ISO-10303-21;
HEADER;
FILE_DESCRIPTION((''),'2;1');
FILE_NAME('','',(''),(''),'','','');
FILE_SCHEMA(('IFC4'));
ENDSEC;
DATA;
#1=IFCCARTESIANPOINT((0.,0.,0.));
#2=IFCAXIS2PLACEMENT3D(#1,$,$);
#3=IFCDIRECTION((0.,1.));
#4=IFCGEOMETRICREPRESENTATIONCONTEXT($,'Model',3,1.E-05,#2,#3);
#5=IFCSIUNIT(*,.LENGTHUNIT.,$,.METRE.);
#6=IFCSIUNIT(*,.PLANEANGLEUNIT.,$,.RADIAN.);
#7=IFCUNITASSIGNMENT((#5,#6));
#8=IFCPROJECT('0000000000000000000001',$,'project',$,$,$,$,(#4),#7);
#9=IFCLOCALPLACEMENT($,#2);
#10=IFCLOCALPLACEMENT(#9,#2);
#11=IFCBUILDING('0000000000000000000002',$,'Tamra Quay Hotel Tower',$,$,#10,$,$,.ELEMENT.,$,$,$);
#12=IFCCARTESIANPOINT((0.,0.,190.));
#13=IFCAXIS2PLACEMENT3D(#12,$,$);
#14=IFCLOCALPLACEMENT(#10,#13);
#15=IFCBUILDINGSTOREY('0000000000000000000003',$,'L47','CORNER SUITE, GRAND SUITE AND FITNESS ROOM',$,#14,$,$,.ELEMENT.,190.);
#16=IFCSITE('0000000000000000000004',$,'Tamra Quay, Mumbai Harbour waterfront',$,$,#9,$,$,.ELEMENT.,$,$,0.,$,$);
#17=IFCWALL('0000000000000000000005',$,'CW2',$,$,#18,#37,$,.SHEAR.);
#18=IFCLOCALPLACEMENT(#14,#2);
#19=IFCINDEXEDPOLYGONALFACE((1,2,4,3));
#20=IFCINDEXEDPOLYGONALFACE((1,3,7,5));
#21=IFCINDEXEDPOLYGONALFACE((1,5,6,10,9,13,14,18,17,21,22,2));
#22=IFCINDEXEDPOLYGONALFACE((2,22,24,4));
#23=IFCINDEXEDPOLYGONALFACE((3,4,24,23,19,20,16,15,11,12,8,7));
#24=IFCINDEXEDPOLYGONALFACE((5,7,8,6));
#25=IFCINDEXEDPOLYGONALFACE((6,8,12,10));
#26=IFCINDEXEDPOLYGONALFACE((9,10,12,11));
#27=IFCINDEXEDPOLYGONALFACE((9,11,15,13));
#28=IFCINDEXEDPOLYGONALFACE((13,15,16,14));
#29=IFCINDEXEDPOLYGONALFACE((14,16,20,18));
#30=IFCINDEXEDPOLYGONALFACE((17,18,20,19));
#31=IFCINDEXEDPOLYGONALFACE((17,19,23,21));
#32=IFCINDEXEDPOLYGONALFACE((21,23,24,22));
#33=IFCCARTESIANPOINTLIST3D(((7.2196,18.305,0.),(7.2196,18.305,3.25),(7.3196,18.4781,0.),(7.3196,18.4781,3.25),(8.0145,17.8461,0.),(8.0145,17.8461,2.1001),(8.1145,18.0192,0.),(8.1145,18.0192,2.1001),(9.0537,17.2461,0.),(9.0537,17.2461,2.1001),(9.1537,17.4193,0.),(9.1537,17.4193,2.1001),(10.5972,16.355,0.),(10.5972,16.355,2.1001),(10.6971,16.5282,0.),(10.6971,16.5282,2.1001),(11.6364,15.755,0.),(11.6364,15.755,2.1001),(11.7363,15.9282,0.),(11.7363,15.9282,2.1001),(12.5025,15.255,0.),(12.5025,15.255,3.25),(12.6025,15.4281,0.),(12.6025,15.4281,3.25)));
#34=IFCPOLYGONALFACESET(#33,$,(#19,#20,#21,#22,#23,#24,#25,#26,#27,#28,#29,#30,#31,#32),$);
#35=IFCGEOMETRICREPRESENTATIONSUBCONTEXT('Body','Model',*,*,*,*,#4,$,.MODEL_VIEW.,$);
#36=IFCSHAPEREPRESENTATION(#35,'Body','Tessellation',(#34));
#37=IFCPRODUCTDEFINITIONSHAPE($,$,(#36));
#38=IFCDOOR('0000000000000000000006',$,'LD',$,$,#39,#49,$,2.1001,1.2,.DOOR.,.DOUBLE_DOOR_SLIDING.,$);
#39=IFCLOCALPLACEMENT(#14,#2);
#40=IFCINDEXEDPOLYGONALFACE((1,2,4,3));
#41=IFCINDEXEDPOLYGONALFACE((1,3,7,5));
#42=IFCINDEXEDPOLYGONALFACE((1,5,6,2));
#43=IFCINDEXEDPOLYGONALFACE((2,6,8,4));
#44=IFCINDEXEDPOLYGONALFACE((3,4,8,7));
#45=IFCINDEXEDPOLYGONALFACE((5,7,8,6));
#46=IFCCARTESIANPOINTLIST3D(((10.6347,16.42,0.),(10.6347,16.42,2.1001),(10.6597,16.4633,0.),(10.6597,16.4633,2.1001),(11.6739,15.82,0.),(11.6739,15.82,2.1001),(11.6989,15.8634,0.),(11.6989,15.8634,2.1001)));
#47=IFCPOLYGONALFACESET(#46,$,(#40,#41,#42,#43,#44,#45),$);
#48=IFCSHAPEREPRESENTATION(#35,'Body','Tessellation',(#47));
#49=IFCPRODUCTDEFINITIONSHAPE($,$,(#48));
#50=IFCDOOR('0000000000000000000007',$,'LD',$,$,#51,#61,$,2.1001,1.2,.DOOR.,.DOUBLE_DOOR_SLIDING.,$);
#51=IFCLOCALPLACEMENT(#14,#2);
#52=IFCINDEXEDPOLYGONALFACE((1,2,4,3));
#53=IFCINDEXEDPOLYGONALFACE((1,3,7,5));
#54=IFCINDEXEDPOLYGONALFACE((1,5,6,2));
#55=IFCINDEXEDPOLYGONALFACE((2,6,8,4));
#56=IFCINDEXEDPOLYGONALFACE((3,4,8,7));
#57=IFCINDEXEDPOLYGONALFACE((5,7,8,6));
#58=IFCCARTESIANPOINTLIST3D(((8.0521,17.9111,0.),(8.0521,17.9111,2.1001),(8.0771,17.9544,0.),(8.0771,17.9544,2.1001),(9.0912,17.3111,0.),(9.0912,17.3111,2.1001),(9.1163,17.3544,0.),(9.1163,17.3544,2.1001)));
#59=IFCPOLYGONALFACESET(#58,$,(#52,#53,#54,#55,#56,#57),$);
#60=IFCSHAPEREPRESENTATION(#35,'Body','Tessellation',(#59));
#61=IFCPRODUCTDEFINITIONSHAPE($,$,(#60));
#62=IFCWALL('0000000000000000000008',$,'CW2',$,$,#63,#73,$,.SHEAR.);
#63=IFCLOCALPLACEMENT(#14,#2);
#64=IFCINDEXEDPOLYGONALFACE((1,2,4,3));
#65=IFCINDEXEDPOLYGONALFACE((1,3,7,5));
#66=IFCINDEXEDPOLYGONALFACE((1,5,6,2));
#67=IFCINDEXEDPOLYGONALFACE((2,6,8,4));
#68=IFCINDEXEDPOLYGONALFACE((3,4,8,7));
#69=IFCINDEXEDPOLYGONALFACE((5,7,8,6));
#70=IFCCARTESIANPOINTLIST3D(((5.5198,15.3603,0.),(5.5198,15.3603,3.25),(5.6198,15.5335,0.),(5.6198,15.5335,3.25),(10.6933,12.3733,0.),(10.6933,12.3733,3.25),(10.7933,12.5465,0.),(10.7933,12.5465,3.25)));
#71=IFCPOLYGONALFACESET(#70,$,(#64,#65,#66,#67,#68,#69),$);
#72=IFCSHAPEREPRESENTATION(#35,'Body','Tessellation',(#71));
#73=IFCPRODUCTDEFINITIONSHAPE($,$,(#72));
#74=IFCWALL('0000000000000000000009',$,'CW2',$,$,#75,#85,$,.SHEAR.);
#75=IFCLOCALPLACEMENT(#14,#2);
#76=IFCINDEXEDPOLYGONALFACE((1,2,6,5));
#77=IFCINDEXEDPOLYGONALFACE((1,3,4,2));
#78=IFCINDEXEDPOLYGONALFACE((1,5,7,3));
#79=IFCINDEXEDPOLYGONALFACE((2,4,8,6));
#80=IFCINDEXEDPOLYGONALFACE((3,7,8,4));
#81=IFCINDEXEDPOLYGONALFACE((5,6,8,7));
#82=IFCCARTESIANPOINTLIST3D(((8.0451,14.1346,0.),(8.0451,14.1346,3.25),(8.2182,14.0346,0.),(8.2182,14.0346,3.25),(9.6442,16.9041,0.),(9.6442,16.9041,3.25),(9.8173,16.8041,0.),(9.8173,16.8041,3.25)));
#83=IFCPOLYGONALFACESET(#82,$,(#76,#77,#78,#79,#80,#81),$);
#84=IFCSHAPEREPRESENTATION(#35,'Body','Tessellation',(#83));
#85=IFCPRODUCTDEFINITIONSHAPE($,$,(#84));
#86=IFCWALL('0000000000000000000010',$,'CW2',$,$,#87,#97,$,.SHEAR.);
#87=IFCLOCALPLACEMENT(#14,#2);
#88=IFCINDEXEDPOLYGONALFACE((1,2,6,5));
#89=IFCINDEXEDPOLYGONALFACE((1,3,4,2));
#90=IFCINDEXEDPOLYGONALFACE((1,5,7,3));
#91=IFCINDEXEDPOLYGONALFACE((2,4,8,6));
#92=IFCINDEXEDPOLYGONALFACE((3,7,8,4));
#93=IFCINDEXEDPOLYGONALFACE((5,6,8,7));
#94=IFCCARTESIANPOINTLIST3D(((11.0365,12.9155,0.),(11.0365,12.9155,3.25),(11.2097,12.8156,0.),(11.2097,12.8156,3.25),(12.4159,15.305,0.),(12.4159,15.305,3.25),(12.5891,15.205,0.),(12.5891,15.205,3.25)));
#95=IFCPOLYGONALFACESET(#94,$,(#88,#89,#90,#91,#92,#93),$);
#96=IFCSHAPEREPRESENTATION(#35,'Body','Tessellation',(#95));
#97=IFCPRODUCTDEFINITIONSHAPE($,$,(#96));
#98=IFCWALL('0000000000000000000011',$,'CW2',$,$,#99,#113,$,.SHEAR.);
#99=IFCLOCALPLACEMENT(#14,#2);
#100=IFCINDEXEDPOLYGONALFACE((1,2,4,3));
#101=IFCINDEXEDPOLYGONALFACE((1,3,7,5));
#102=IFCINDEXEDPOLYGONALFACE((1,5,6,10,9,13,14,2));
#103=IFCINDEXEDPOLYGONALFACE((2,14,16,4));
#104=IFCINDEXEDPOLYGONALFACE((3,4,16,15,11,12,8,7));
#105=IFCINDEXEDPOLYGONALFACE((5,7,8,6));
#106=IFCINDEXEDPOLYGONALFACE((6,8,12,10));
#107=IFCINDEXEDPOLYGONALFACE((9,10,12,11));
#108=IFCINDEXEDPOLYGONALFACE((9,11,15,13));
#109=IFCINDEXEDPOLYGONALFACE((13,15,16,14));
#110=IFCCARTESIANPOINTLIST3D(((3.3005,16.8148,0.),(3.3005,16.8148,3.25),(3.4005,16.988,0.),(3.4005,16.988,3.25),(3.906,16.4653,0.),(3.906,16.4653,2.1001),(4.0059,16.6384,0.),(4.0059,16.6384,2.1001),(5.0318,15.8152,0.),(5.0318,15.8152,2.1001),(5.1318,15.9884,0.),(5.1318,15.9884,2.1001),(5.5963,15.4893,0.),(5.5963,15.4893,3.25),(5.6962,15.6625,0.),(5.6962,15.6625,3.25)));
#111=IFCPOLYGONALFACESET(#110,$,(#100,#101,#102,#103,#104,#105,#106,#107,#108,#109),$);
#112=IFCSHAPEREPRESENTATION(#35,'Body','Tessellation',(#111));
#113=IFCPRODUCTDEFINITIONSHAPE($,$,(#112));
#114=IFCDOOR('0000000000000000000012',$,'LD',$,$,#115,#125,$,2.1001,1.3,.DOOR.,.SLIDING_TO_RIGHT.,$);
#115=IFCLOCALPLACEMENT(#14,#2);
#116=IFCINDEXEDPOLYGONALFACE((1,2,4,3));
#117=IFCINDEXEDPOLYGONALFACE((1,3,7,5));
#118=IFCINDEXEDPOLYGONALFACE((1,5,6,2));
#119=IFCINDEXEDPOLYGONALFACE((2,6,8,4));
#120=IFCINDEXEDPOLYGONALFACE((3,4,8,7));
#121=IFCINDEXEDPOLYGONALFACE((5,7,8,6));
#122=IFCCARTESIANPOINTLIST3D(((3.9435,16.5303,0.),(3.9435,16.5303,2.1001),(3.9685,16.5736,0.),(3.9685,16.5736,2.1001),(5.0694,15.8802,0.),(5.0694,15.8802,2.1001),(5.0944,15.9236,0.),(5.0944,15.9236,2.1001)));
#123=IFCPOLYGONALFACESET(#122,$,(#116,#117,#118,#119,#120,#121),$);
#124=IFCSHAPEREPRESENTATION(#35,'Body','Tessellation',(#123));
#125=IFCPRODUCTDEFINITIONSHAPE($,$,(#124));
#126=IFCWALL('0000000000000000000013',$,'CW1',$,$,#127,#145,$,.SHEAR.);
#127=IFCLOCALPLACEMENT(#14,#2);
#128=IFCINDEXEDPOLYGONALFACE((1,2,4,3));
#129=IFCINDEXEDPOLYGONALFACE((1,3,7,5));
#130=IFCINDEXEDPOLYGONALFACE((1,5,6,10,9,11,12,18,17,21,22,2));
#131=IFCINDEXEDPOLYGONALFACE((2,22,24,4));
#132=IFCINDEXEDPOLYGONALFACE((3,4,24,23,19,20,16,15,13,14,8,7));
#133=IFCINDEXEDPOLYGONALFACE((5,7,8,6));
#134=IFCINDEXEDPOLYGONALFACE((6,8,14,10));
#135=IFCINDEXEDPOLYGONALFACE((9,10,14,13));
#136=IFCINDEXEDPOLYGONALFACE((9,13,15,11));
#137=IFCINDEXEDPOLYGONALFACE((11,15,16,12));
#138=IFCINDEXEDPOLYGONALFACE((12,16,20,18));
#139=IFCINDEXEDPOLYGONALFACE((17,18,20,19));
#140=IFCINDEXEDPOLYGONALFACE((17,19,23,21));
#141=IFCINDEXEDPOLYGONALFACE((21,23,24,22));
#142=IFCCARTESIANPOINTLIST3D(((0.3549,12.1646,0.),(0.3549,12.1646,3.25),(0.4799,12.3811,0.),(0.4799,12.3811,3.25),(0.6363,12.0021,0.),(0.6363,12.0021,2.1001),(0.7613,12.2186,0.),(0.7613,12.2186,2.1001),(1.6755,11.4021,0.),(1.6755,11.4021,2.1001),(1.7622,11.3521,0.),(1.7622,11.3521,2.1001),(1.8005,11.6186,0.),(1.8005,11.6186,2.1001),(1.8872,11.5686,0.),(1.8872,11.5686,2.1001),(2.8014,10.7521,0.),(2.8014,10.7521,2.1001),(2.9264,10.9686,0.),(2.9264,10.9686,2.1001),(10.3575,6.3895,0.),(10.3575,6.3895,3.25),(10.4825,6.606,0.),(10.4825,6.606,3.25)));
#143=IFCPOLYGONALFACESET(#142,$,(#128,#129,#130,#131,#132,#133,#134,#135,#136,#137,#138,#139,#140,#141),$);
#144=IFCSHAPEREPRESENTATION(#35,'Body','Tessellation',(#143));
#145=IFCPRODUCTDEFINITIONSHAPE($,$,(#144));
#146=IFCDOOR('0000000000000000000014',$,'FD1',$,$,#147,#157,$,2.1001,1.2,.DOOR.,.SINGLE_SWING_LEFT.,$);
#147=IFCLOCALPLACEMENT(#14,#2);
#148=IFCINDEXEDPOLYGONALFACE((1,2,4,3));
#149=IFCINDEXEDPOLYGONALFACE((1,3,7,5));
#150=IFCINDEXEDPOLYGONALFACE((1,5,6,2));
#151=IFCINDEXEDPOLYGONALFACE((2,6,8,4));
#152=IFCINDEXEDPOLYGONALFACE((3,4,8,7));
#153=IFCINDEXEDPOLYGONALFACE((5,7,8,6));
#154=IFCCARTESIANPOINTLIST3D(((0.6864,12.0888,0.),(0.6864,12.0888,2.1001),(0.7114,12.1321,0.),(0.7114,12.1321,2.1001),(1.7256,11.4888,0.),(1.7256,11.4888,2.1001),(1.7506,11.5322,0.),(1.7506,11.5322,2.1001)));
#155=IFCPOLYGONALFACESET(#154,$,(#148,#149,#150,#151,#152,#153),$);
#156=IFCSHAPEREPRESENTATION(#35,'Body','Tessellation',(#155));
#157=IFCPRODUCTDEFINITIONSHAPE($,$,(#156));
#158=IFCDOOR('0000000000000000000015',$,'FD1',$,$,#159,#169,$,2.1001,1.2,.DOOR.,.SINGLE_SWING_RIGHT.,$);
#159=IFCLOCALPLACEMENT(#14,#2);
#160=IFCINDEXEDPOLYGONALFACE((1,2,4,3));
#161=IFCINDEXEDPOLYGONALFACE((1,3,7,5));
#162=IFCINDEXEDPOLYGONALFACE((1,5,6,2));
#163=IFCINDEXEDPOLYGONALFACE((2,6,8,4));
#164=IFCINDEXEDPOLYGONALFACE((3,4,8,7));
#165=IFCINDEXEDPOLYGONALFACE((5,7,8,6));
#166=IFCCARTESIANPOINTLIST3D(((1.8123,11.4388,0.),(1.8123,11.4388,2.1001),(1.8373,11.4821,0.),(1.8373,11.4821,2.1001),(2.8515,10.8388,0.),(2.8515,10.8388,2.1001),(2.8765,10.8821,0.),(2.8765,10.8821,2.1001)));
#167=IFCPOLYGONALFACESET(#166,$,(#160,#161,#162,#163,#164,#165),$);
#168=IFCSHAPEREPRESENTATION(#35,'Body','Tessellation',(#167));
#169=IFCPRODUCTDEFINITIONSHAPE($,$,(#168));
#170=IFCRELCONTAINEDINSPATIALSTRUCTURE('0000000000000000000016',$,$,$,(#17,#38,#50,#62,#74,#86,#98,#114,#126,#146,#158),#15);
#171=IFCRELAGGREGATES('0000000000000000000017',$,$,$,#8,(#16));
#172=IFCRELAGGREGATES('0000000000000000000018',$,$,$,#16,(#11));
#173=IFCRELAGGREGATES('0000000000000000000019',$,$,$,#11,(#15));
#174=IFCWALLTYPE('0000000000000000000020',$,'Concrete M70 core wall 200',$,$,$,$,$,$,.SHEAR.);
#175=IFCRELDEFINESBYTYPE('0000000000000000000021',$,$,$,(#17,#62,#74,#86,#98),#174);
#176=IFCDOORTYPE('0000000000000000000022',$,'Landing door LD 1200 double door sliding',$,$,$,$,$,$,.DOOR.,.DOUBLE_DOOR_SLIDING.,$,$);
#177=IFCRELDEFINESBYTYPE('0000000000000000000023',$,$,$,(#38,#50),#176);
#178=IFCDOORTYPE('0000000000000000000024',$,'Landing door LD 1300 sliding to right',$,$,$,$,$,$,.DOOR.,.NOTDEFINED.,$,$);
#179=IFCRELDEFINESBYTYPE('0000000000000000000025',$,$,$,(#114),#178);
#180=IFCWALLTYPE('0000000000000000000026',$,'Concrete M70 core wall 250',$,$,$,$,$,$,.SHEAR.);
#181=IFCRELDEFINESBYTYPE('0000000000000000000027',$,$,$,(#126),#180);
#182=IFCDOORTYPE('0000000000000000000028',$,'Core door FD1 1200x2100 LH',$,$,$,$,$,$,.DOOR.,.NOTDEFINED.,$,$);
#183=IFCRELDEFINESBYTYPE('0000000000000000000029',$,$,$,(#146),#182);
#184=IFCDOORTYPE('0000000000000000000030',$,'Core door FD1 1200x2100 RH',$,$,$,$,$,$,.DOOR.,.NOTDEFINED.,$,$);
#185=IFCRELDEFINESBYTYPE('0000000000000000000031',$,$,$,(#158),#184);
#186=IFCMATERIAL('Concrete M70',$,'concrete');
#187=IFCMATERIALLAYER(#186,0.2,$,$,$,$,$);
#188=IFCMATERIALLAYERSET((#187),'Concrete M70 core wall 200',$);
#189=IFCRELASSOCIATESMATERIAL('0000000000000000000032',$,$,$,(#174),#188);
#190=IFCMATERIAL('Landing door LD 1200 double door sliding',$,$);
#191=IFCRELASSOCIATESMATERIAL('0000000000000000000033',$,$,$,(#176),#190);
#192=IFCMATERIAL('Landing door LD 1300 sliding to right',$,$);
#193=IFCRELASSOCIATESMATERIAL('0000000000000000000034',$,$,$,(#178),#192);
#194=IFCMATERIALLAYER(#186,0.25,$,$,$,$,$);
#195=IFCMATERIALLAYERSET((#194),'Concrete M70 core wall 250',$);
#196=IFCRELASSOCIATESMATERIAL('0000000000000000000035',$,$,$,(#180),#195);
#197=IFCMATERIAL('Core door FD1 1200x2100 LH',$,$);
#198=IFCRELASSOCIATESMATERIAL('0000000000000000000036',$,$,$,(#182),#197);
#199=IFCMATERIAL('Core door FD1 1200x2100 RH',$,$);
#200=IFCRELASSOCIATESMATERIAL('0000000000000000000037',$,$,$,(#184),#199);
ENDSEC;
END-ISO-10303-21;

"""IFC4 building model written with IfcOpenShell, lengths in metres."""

from ifc_helpers import new_model, si_unit, direction, frame, frame_2d, origin, place, context, subcontext, project, spatial, rectangle, extrude, material, layer, layer_set, type_object, element, fill, save


model = new_model("IFC4")

# Units and contexts
model_context = context("Model", 3, precision=1e-05, world=origin(), true_north=direction((0.0, 1.0)))
body_context = subcontext(model_context, "Body", "Model", "MODEL_VIEW")
ifc_project = project(units=[si_unit("LENGTHUNIT", "METRE"), si_unit("PLANEANGLEUNIT", "RADIAN")], contexts=[model_context])

# Site, building, storey
site_placement = place(None, origin())
site = spatial("IfcSite", under=ifc_project, at=site_placement, Name="Tamra Quay, Mumbai Harbour waterfront", CompositionType="ELEMENT", RefElevation=0.0)
building_placement = place(site_placement, origin())
building = spatial("IfcBuilding", under=site, at=building_placement, Name="Tamra Quay Hotel Tower", CompositionType="ELEMENT")
storey_placement = place(building_placement, frame((0.0, 0.0, 190.0)))
storey = spatial("IfcBuildingStorey", under=building, at=storey_placement, Name="L47", Description="CORNER SUITE, GRAND SUITE AND FITNESS ROOM", CompositionType="ELEMENT", Elevation=190.0)

# Wall, openings, doors
ifc_material_1 = material(Name="Concrete M70", Category="concrete")
ifc_layer_1 = layer(ifc_material_1, 0.2)
ifc_layer_set_1 = layer_set([ifc_layer_1], Name="Concrete M70 core wall 200")
wall_type_1 = type_object("IfcWallType", Name="Concrete M70 core wall 200", PredefinedType="SHEAR", material=ifc_layer_set_1)
wall_1_placement = place(storey_placement, frame((12.5525, 15.3416, 0.0), z_axis=(0.0, 0.0, 1.0), x_axis=(-0.86603, 0.499992, 0.0)))
wall_1 = element("IfcWall", 1, at=wall_1_placement, inside=storey, type_object=wall_type_1, Name="CW2", PredefinedType="SHEAR", context=body_context, shape_type="SweptSolid", body=[
    extrude(rectangle(XDim=6.1001, YDim=0.2, at=frame_2d((3.05, 0.0))), origin(), (0.0, 0.0, 1.0), 3.25),
])
opening_1_placement = place(wall_1_placement, frame((1.0, 0.0, 0.0)))
opening_1 = element("IfcOpeningElement", 2, at=opening_1_placement, cuts=wall_1, PredefinedType="OPENING", context=body_context, shape_type="SweptSolid", body=[
    extrude(rectangle(XDim=1.2, YDim=2.1001, at=frame_2d((0.6001, 1.05))), frame((0.0, 0.1099, 0.0), z_axis=(0.0, -1.0, 0.0), x_axis=(1.0, 0.0, 0.0)), (0.0, 0.0, 1.0), 0.22),
])
opening_2_placement = place(wall_1_placement, frame((3.9822, 0.0, 0.0)))
opening_2 = element("IfcOpeningElement", 3, at=opening_2_placement, cuts=wall_1, PredefinedType="OPENING", context=body_context, shape_type="SweptSolid", body=[
    extrude(rectangle(XDim=1.2, YDim=2.1001, at=frame_2d((0.6001, 1.05))), frame((0.0, 0.1099, 0.0), z_axis=(0.0, -1.0, 0.0), x_axis=(1.0, 0.0, 0.0)), (0.0, 0.0, 1.0), 0.22),
])
ifc_material_2 = material(Name="Landing door LD 1200 double door sliding")
door_type_1 = type_object("IfcDoorType", Name="Landing door LD 1200 double door sliding", OperationType="DOUBLE_DOOR_SLIDING", PredefinedType="DOOR", material=ifc_material_2)
door_1_placement = place(opening_1_placement, origin())
door_1 = element("IfcDoor", 4, at=door_1_placement, inside=storey, type_object=door_type_1, Name="LD", OperationType="DOUBLE_DOOR_SLIDING", OverallHeight=2.1001, OverallWidth=1.2, PredefinedType="DOOR", context=body_context, shape_type="SweptSolid", body=[
    extrude(rectangle(XDim=1.2, YDim=2.1001, at=frame_2d((0.6001, 1.05))), frame((0.0, 0.0249, 0.0), z_axis=(0.0, -1.0, 0.0), x_axis=(1.0, 0.0, 0.0)), (0.0, 0.0, 1.0), 0.05),
])
fill(opening_1, door_1)
door_2_placement = place(opening_2_placement, origin())
door_2 = element("IfcDoor", 5, at=door_2_placement, inside=storey, type_object=door_type_1, Name="LD", OperationType="DOUBLE_DOOR_SLIDING", OverallHeight=2.1001, OverallWidth=1.2, PredefinedType="DOOR", context=body_context, shape_type="SweptSolid", body=[
    extrude(rectangle(XDim=1.2, YDim=2.1001, at=frame_2d((0.6001, 1.05))), frame((0.0, 0.0249, 0.0), z_axis=(0.0, -1.0, 0.0), x_axis=(1.0, 0.0, 0.0)), (0.0, 0.0, 1.0), 0.05),
])
fill(opening_2, door_2)

# Walls
wall_2_placement = place(storey_placement, frame((10.7432, 12.46, 0.0), z_axis=(0.0, 0.0, 1.0), x_axis=(-0.866019, 0.500011, 0.0)))
element("IfcWall", 6, at=wall_2_placement, inside=storey, type_object=wall_type_1, Name="CW2", PredefinedType="SHEAR", context=body_context, shape_type="SweptSolid", body=[
    extrude(rectangle(XDim=5.9739, YDim=0.2, at=frame_2d((2.9868, 0.0))), origin(), (0.0, 0.0, 1.0), 3.25),
])
wall_3_placement = place(storey_placement, frame((8.1316, 14.0845, 0.0), z_axis=(0.0, 0.0, 1.0), x_axis=(0.500031, 0.866008, 0.0)))
element("IfcWall", 7, at=wall_3_placement, inside=storey, type_object=wall_type_1, Name="CW2", PredefinedType="SHEAR", context=body_context, shape_type="SweptSolid", body=[
    extrude(rectangle(XDim=3.198, YDim=0.2, at=frame_2d((1.5991, 0.0))), origin(), (0.0, 0.0, 1.0), 3.25),
])
wall_4_placement = place(storey_placement, frame((12.5024, 15.2549, 0.0), z_axis=(0.0, 0.0, 1.0), x_axis=(-0.499965, -0.866046, 0.0)))
element("IfcWall", 8, at=wall_4_placement, inside=storey, type_object=wall_type_1, Name="CW2", PredefinedType="SHEAR", context=body_context, shape_type="SweptSolid", body=[
    extrude(rectangle(XDim=2.759, YDim=0.2, at=frame_2d((1.3794, 0.0))), origin(), (0.0, 0.0, 1.0), 3.25),
])

# Wall, opening, door
wall_5_placement = place(storey_placement, frame((5.6462, 15.5759, 0.0), z_axis=(0.0, 0.0, 1.0), x_axis=(-0.866018, 0.500012, 0.0)))
wall_5 = element("IfcWall", 9, at=wall_5_placement, inside=storey, type_object=wall_type_1, Name="CW2", PredefinedType="SHEAR", context=body_context, shape_type="SweptSolid", body=[
    extrude(rectangle(XDim=2.6509, YDim=0.2, at=frame_2d((1.3254, 0.0))), origin(), (0.0, 0.0, 1.0), 3.25),
])
opening_3_placement = place(wall_5_placement, frame((0.6519, 0.0, 0.0)))
opening_3 = element("IfcOpeningElement", 10, at=opening_3_placement, cuts=wall_5, PredefinedType="OPENING", context=body_context, shape_type="SweptSolid", body=[
    extrude(rectangle(XDim=1.3, YDim=2.1001, at=frame_2d((0.6499, 1.05))), frame((0.0, 0.1099, 0.0), z_axis=(0.0, -1.0, 0.0), x_axis=(1.0, 0.0, 0.0)), (0.0, 0.0, 1.0), 0.22),
])
ifc_material_3 = material(Name="Landing door LD 1300 sliding to right")
door_type_2 = type_object("IfcDoorType", Name="Landing door LD 1300 sliding to right", OperationType="NOTDEFINED", PredefinedType="DOOR", material=ifc_material_3)
door_3_placement = place(opening_3_placement, origin())
door_3 = element("IfcDoor", 11, at=door_3_placement, inside=storey, type_object=door_type_2, Name="LD", OperationType="SLIDING_TO_RIGHT", OverallHeight=2.1001, OverallWidth=1.3, PredefinedType="DOOR", context=body_context, shape_type="SweptSolid", body=[
    extrude(rectangle(XDim=1.3, YDim=2.1001, at=frame_2d((0.6499, 1.05))), frame((0.0, 0.0249, 0.0), z_axis=(0.0, -1.0, 0.0), x_axis=(1.0, 0.0, 0.0)), (0.0, 0.0, 1.0), 0.05),
])
fill(opening_3, door_3)

# Wall, openings, doors
ifc_layer_2 = layer(ifc_material_1, 0.25)
ifc_layer_set_2 = layer_set([ifc_layer_2], Name="Concrete M70 core wall 250")
wall_type_2 = type_object("IfcWallType", Name="Concrete M70 core wall 250", PredefinedType="SHEAR", material=ifc_layer_set_2)
wall_6_placement = place(storey_placement, frame((10.4199, 6.4978, 0.0), z_axis=(0.0, 0.0, 1.0), x_axis=(-0.866022, 0.500006, 0.0)))
wall_6 = element("IfcWall", 12, at=wall_6_placement, inside=storey, type_object=wall_type_2, Name="CW1", PredefinedType="SHEAR", context=body_context, shape_type="SweptSolid", body=[
    extrude(rectangle(XDim=11.55, YDim=0.25, at=frame_2d((5.7749, 0.0))), origin(), (0.0, 0.0, 1.0), 3.25),
])
opening_4_placement = place(wall_6_placement, frame((10.0249, 0.0, 0.0)))
opening_4 = element("IfcOpeningElement", 13, at=opening_4_placement, cuts=wall_6, PredefinedType="OPENING", context=body_context, shape_type="SweptSolid", body=[
    extrude(rectangle(XDim=1.2, YDim=2.1001, at=frame_2d((0.6001, 1.05))), frame((0.0, 0.135, 0.0), z_axis=(0.0, -1.0, 0.0), x_axis=(1.0, 0.0, 0.0)), (0.0, 0.0, 1.0), 0.27),
])
opening_5_placement = place(wall_6_placement, frame((8.7249, 0.0, 0.0)))
opening_5 = element("IfcOpeningElement", 14, at=opening_5_placement, cuts=wall_6, PredefinedType="OPENING", context=body_context, shape_type="SweptSolid", body=[
    extrude(rectangle(XDim=1.2, YDim=2.1001, at=frame_2d((0.6001, 1.05))), frame((0.0, 0.135, 0.0), z_axis=(0.0, -1.0, 0.0), x_axis=(1.0, 0.0, 0.0)), (0.0, 0.0, 1.0), 0.27),
])
ifc_material_4 = material(Name="Core door FD1 1200x2100 LH")
door_type_3 = type_object("IfcDoorType", Name="Core door FD1 1200x2100 LH", OperationType="NOTDEFINED", PredefinedType="DOOR", material=ifc_material_4)
door_4_placement = place(opening_4_placement, origin())
door_4 = element("IfcDoor", 15, at=door_4_placement, inside=storey, type_object=door_type_3, Name="FD1", OperationType="SINGLE_SWING_LEFT", OverallHeight=2.1001, OverallWidth=1.2, PredefinedType="DOOR", context=body_context, shape_type="SweptSolid", body=[
    extrude(rectangle(XDim=1.2, YDim=2.1001, at=frame_2d((0.6001, 1.05))), frame((0.0, 0.0249, 0.0), z_axis=(0.0, -1.0, 0.0), x_axis=(1.0, 0.0, 0.0)), (0.0, 0.0, 1.0), 0.05),
])
fill(opening_4, door_4)
ifc_material_5 = material(Name="Core door FD1 1200x2100 RH")
door_type_4 = type_object("IfcDoorType", Name="Core door FD1 1200x2100 RH", OperationType="NOTDEFINED", PredefinedType="DOOR", material=ifc_material_5)
door_5_placement = place(opening_5_placement, origin())
door_5 = element("IfcDoor", 16, at=door_5_placement, inside=storey, type_object=door_type_4, Name="FD1", OperationType="SINGLE_SWING_RIGHT", OverallHeight=2.1001, OverallWidth=1.2, PredefinedType="DOOR", context=body_context, shape_type="SweptSolid", body=[
    extrude(rectangle(XDim=1.2, YDim=2.1001, at=frame_2d((0.6001, 1.05))), frame((0.0, 0.0249, 0.0), z_axis=(0.0, -1.0, 0.0), x_axis=(1.0, 0.0, 0.0)), (0.0, 0.0, 1.0), 0.05),
])
fill(opening_5, door_5)

save(model, "model.ifc")
